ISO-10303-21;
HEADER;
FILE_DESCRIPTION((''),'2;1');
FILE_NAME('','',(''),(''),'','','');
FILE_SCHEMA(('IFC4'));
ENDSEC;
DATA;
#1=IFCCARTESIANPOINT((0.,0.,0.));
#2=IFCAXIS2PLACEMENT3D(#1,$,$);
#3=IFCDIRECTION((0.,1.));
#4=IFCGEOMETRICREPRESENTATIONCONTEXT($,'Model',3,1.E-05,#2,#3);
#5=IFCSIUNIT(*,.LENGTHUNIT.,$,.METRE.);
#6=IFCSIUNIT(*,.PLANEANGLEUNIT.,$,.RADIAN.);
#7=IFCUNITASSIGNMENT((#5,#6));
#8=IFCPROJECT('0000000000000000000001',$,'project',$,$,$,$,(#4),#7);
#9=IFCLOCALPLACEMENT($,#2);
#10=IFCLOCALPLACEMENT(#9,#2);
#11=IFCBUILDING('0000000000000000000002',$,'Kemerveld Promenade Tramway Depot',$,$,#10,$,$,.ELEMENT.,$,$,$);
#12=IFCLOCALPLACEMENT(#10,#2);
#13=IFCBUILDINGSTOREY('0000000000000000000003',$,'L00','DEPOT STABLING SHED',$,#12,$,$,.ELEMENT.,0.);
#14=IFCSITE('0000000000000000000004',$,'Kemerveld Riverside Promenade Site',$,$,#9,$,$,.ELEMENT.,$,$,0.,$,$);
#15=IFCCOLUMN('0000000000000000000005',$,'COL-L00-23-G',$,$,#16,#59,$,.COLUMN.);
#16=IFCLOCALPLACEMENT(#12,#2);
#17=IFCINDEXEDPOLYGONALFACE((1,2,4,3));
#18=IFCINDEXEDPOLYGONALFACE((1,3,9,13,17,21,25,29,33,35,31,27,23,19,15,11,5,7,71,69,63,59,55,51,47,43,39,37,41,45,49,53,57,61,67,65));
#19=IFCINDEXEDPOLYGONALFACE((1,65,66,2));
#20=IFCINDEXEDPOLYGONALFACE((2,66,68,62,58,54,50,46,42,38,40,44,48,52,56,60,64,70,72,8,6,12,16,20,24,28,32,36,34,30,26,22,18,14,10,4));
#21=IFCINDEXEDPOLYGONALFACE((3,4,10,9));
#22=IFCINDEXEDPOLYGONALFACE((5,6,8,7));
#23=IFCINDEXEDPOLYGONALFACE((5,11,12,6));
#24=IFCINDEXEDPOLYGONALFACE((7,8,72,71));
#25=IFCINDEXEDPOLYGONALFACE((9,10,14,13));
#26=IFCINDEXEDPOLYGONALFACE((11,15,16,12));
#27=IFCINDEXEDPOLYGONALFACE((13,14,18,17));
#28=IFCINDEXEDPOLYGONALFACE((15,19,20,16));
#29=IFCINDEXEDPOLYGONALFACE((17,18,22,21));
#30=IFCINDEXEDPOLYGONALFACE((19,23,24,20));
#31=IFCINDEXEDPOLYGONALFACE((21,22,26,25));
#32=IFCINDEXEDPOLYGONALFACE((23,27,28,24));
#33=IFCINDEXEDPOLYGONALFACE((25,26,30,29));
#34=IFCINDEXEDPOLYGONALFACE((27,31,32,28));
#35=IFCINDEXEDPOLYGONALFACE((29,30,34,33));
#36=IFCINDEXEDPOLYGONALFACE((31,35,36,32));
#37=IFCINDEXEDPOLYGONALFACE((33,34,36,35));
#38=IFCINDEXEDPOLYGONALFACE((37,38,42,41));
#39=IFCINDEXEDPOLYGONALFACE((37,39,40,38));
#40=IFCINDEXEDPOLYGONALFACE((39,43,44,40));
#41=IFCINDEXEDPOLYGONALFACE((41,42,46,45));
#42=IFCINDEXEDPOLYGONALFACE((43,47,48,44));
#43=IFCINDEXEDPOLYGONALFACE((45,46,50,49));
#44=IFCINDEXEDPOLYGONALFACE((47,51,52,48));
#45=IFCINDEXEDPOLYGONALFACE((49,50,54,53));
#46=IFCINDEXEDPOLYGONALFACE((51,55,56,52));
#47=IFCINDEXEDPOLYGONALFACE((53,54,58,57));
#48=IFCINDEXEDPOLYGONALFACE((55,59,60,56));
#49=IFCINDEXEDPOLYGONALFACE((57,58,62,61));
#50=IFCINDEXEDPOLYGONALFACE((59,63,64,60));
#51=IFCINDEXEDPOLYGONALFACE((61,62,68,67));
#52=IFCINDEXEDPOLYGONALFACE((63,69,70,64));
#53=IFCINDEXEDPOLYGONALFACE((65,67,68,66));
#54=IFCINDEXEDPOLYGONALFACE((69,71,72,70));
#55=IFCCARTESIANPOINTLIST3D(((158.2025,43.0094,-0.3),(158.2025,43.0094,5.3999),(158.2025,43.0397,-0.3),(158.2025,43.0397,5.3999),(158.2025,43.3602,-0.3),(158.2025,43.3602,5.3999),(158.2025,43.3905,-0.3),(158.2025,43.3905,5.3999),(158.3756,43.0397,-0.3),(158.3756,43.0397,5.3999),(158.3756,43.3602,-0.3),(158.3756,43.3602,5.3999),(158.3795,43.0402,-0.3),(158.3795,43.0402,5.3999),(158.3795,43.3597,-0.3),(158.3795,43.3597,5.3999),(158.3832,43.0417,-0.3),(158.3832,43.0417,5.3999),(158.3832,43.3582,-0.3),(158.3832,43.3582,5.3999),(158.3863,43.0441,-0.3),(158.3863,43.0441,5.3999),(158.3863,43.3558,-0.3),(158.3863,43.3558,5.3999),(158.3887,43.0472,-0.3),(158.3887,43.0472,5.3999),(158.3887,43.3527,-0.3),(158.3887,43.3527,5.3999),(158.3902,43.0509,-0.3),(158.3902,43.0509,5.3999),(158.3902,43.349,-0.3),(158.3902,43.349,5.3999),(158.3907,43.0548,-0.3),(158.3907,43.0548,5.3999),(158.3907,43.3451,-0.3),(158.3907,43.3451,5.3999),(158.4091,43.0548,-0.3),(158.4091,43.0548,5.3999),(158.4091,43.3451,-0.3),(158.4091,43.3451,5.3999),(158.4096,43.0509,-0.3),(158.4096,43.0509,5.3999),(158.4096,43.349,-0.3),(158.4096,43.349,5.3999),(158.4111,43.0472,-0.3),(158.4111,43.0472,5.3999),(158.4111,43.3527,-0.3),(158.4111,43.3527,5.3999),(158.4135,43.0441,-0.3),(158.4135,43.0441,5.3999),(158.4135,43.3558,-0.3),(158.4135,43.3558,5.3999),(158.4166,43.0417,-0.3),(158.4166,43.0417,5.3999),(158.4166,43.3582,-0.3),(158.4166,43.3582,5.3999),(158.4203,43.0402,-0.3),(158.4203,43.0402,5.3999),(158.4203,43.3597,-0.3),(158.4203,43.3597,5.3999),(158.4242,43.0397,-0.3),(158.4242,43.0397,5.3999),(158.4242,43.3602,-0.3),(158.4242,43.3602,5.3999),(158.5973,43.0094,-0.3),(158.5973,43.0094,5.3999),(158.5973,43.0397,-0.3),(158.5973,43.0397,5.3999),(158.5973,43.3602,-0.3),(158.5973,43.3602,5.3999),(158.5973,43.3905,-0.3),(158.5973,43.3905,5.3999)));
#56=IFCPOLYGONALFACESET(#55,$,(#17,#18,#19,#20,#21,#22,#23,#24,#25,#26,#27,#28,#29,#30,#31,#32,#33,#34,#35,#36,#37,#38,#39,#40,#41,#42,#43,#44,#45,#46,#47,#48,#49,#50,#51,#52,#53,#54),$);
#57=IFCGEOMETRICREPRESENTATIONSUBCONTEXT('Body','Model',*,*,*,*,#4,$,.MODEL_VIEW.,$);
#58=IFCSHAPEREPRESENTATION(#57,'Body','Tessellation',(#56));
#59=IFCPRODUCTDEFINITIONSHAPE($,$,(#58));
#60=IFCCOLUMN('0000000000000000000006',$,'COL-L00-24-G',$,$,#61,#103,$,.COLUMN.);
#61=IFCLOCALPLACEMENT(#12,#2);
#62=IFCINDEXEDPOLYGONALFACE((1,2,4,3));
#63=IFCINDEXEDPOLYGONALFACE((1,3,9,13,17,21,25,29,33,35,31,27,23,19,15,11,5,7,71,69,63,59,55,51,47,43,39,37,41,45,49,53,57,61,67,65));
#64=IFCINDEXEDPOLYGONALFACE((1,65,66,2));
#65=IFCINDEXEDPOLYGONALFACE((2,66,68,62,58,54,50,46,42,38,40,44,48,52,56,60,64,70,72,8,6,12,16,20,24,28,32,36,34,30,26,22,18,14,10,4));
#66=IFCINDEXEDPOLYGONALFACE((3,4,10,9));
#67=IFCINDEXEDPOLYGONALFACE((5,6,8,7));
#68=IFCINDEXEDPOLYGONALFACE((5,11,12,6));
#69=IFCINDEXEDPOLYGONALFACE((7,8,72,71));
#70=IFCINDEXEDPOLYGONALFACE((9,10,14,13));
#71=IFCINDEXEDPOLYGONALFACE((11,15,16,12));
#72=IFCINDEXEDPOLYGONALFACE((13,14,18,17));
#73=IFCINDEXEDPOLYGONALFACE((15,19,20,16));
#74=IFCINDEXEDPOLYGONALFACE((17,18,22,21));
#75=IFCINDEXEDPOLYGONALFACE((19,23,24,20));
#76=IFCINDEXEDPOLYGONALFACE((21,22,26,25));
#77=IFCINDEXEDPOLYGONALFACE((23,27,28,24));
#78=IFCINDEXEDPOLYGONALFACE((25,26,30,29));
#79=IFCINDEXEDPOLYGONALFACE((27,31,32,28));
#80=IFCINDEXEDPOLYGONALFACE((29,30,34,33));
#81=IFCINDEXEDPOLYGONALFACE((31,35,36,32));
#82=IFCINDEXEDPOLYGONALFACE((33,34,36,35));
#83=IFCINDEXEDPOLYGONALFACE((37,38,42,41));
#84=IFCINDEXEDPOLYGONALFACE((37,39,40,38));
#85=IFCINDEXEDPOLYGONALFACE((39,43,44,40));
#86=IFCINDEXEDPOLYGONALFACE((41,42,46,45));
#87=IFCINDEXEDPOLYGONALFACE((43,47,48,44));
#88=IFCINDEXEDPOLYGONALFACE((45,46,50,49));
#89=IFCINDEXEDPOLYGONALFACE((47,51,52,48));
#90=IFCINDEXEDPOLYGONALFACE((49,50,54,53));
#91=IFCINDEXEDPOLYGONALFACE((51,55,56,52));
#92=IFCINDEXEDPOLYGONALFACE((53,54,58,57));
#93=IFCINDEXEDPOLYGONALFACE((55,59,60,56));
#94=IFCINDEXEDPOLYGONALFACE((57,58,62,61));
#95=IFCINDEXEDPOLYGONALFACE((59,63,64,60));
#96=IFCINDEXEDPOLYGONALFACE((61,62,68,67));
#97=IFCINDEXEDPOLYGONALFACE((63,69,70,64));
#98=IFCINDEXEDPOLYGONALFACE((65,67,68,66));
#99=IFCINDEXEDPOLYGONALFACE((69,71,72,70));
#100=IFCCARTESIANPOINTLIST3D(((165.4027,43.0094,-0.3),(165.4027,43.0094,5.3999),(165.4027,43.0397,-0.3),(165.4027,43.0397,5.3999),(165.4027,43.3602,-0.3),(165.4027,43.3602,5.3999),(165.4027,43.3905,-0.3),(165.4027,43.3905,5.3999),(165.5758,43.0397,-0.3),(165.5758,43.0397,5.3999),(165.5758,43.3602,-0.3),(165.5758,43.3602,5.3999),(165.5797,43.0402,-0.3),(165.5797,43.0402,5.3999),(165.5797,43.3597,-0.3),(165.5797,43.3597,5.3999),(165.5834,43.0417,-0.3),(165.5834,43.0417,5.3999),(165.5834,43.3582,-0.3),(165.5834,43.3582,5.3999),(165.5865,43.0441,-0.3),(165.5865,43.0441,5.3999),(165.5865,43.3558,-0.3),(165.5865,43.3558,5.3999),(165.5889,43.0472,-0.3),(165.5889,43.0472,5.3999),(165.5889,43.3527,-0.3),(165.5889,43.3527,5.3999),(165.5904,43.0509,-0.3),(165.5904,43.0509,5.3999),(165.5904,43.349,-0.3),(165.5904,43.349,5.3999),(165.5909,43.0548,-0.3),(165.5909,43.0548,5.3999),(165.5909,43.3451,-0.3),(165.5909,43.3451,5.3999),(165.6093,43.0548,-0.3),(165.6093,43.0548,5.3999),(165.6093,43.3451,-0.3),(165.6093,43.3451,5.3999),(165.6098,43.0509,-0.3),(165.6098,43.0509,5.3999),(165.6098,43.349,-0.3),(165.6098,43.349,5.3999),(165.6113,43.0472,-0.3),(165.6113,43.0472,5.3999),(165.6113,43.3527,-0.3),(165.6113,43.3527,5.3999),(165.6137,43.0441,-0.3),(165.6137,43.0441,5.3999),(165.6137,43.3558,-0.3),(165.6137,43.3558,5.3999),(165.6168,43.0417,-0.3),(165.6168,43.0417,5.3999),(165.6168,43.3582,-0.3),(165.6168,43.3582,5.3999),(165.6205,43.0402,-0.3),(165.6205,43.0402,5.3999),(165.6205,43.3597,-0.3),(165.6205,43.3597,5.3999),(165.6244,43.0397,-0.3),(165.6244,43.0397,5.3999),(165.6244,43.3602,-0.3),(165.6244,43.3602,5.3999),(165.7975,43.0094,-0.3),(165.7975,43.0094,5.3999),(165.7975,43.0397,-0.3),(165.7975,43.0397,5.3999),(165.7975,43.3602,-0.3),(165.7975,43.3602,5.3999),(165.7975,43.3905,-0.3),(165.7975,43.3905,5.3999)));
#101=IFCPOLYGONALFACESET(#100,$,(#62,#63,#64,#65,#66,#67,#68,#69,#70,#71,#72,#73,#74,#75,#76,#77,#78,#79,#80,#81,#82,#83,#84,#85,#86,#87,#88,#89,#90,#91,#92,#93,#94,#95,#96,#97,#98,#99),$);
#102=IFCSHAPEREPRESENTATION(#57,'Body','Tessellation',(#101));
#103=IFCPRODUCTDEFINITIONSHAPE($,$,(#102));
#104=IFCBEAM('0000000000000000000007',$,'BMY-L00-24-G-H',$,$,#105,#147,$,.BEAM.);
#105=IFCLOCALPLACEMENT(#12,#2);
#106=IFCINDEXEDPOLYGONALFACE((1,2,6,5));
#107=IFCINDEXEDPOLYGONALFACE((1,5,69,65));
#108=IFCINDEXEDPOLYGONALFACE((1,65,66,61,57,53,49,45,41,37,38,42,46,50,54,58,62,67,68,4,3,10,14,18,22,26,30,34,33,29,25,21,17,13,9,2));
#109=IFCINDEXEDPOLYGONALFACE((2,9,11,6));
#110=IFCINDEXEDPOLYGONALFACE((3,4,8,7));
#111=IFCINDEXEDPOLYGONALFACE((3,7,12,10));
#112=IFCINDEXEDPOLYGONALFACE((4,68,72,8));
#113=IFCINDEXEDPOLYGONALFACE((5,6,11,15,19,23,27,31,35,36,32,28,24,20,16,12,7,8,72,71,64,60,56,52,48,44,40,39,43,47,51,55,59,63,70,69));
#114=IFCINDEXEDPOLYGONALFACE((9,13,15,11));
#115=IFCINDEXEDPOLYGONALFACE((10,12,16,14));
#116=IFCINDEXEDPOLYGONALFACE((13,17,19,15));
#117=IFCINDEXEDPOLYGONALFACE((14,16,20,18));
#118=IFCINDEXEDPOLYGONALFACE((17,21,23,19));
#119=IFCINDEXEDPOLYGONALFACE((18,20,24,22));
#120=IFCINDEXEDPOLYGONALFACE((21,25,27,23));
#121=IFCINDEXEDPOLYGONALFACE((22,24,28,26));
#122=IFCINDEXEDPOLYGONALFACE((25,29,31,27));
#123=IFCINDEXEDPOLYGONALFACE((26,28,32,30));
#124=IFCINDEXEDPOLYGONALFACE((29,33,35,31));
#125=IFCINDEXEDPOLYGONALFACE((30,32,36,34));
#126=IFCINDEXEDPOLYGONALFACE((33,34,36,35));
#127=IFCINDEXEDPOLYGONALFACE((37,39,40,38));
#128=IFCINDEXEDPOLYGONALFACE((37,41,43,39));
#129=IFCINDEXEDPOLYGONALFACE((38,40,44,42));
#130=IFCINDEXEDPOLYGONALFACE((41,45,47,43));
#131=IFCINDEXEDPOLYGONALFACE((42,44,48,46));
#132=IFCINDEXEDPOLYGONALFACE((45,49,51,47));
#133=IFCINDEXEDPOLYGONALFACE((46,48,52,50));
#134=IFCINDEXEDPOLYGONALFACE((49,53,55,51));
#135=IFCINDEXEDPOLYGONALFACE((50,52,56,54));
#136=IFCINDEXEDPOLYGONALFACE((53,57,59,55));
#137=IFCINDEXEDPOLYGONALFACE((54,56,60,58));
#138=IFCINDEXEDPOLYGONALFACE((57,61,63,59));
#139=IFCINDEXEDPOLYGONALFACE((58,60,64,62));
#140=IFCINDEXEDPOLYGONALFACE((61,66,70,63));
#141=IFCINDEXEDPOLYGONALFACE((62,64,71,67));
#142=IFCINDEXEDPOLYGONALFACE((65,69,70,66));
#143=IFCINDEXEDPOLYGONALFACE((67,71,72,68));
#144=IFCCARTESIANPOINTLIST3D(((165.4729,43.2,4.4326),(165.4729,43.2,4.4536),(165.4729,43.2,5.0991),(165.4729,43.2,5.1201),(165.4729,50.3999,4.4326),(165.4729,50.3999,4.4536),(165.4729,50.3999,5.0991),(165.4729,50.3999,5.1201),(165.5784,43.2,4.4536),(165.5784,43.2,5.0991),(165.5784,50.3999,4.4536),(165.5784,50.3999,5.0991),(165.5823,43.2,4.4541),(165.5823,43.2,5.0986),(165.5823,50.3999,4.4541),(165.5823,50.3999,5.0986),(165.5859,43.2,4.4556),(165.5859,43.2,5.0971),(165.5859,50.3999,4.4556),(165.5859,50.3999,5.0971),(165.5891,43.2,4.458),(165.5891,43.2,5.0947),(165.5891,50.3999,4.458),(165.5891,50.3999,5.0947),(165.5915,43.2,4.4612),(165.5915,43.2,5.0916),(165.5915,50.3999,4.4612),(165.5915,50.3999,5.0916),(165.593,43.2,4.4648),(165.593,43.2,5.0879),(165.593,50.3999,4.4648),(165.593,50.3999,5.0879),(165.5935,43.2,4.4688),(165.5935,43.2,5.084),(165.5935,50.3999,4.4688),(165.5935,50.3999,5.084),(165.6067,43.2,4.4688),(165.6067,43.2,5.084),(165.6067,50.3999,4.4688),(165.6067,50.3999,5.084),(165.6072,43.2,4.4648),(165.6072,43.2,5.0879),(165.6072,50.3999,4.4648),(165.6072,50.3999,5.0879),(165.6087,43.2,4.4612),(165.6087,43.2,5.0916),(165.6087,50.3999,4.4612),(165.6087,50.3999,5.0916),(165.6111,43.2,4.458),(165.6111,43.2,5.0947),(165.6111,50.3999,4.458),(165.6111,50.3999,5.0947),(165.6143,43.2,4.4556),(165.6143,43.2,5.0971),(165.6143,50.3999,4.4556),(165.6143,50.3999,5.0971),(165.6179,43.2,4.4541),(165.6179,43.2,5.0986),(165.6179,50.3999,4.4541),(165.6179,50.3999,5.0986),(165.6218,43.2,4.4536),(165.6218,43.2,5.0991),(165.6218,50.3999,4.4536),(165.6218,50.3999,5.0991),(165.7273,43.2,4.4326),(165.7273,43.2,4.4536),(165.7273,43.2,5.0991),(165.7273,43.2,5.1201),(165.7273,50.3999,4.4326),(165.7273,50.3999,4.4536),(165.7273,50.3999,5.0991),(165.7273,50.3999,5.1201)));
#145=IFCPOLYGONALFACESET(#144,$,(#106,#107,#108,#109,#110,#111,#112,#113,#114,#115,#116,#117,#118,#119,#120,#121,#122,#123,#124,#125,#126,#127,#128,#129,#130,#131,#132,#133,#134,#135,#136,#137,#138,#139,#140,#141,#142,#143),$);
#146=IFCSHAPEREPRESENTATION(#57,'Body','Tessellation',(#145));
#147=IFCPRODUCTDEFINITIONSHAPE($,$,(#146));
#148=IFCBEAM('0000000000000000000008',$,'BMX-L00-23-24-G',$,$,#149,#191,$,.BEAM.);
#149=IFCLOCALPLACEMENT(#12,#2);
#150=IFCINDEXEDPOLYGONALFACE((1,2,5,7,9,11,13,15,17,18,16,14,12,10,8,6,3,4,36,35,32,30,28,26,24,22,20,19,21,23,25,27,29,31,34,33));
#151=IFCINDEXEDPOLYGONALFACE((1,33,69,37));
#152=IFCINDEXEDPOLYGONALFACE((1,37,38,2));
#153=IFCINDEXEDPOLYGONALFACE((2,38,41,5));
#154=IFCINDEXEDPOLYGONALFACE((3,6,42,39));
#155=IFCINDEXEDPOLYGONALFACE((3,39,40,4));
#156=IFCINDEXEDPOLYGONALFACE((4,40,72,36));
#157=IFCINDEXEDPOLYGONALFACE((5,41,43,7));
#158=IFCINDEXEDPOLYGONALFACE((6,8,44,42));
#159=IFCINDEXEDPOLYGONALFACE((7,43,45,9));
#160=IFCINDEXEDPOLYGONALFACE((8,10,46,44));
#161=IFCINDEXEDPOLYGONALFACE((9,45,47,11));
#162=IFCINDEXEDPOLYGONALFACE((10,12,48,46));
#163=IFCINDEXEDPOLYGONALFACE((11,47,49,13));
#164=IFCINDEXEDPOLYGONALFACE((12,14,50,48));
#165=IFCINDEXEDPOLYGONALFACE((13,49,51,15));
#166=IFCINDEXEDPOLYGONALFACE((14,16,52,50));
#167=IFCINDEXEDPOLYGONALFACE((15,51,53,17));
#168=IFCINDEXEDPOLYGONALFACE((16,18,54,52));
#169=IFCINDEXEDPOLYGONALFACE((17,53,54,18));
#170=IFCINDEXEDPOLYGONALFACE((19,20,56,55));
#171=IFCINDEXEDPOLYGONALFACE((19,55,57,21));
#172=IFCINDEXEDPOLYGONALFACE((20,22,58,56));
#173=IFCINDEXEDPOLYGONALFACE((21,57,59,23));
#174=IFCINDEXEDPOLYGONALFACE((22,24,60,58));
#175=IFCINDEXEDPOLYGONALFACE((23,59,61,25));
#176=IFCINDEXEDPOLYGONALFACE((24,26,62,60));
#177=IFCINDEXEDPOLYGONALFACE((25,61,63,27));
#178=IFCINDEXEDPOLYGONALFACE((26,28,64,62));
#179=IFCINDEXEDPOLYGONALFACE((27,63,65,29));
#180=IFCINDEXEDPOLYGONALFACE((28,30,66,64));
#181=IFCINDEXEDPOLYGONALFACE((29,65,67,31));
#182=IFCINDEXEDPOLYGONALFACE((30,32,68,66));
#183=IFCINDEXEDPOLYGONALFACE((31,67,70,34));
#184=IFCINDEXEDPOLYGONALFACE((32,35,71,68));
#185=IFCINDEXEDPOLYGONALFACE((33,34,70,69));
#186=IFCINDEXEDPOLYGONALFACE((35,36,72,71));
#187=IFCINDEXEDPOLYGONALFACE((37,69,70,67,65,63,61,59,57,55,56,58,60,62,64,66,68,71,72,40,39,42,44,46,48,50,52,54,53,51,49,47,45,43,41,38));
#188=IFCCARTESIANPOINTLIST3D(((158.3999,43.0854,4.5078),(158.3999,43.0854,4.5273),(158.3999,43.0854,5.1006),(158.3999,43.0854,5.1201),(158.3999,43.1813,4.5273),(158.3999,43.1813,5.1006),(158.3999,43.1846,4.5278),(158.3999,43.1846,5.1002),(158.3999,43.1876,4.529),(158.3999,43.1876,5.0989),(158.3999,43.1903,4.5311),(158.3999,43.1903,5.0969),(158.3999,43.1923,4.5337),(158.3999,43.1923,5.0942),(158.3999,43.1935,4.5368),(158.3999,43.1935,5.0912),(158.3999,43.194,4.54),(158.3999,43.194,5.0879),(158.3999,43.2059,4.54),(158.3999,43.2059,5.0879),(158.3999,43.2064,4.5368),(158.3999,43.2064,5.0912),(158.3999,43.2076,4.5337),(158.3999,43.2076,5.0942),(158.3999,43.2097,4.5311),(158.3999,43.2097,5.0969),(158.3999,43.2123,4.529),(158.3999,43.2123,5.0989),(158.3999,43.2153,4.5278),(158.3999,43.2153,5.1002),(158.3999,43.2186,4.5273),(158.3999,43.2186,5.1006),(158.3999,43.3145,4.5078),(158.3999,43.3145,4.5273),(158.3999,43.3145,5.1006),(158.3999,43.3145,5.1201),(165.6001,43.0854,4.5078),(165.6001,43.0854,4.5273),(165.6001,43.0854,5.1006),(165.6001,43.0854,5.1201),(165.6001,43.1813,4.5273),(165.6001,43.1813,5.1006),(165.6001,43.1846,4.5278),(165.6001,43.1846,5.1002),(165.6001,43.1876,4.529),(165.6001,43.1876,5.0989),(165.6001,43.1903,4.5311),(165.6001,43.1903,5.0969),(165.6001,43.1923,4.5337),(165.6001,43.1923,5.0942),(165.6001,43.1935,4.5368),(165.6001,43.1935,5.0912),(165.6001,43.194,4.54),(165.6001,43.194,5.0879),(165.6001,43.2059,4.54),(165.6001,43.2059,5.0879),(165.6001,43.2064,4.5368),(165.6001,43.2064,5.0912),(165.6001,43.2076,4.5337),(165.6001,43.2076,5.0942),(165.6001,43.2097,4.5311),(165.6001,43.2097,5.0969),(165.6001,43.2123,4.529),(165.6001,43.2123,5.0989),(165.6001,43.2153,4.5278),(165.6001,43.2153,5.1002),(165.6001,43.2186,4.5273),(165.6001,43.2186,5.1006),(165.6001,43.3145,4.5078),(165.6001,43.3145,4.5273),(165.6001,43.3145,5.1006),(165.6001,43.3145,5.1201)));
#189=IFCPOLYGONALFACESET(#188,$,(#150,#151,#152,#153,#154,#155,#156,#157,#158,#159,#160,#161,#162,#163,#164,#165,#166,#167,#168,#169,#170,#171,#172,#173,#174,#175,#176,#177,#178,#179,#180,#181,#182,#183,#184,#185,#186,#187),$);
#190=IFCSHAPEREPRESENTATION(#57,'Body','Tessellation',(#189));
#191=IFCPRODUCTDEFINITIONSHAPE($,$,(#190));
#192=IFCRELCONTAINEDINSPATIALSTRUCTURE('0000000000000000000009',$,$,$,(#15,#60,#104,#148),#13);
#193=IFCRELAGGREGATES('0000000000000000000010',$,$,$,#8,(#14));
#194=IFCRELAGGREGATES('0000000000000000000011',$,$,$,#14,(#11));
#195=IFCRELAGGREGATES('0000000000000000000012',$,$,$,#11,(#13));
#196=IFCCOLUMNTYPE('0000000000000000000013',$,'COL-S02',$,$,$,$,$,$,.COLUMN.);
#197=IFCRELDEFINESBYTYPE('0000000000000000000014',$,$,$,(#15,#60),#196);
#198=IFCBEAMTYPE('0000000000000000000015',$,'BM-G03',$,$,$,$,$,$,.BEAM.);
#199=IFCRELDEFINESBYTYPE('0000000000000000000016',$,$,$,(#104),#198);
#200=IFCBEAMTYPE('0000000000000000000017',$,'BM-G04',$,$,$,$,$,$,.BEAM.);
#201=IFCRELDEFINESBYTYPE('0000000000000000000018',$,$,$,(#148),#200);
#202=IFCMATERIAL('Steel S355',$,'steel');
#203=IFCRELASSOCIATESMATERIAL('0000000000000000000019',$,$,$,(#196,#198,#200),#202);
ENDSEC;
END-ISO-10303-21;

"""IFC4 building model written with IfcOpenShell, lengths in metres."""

from ifc_helpers import new_model, si_unit, direction, frame, origin, origin_2d, place, context, subcontext, project, spatial, i_section, extrude, material, material_profile, profile_set, type_object, element, save


model = new_model("IFC4")

# Units and contexts
model_context = context("Model", 3, precision=1e-05, world=origin(), true_north=direction((0.0, 1.0)))
body_context = subcontext(model_context, "Body", "Model", "MODEL_VIEW")
ifc_project = project(units=[si_unit("LENGTHUNIT", "METRE"), si_unit("PLANEANGLEUNIT", "RADIAN")], contexts=[model_context])

# Site, building, storey
site_placement = place(None, origin())
site = spatial("IfcSite", under=ifc_project, at=site_placement, Name="Kemerveld Riverside Promenade Site", CompositionType="ELEMENT", RefElevation=0.0)
building_placement = place(site_placement, origin())
building = spatial("IfcBuilding", under=site, at=building_placement, Name="Kemerveld Promenade Tramway Depot", CompositionType="ELEMENT")
storey_placement = place(building_placement, origin())
storey = spatial("IfcBuildingStorey", under=building, at=storey_placement, Name="L00", Description="DEPOT STABLING SHED", CompositionType="ELEMENT", Elevation=0.0)

# Columns
ifc_material_1 = material(Name="Steel S355", Category="steel")
ifc_material_profile_1 = material_profile(ifc_material_1, i_section(OverallWidth=0.3948, OverallDepth=0.3811, WebThickness=0.0183, FlangeThickness=0.0303, FilletRadius=0.0151, at=origin_2d()), Name="356x406x235 UC")
ifc_profile_set_1 = profile_set([ifc_material_profile_1], Name="Steel S355")
column_type = type_object("IfcColumnType", Name="COL-S02", PredefinedType="COLUMN", material=ifc_profile_set_1)
for number, where, z_axis, x_axis, name in (
    (1, (158.3999, 43.2, -0.3), (0.0, 0.0, 1.0), (1.0, 0.0, 0.0), "COL-L00-23-G"),
    (2, (165.6001, 43.2, -0.3), (0.0, 0.0, 1.0), (1.0, 0.0, 0.0), "COL-L00-24-G"),
):
    element("IfcColumn", number, at=place(storey_placement, frame(where, z_axis=z_axis, x_axis=x_axis)), inside=storey, type_object=column_type, Name=name, PredefinedType="COLUMN", context=body_context, shape_type="SweptSolid", body=[
        extrude(i_section(OverallWidth=0.3948, OverallDepth=0.3811, WebThickness=0.0183, FlangeThickness=0.0303, FilletRadius=0.0151, at=origin_2d()), origin(), (0.0, 0.0, 1.0), 5.7),
    ])

# Beams
ifc_material_profile_2 = material_profile(ifc_material_1, i_section(OverallWidth=0.2544, OverallDepth=0.6875, WebThickness=0.0132, FlangeThickness=0.021, FilletRadius=0.0151, at=origin_2d()), Name="686x254x152 UB")
ifc_profile_set_2 = profile_set([ifc_material_profile_2], Name="Steel S355")
beam_type_1 = type_object("IfcBeamType", Name="BM-G03", PredefinedType="BEAM", material=ifc_profile_set_2)
beam_1_placement = place(storey_placement, frame((165.6001, 43.2, 4.7764), z_axis=(0.0, 1.0, 0.0), x_axis=(-1.0, 0.0, 0.0)))
element("IfcBeam", 3, at=beam_1_placement, inside=storey, type_object=beam_type_1, Name="BMY-L00-24-G-H", PredefinedType="BEAM", context=body_context, shape_type="SweptSolid", body=[
    extrude(i_section(OverallWidth=0.2544, OverallDepth=0.6875, WebThickness=0.0132, FlangeThickness=0.021, FilletRadius=0.0151, at=origin_2d()), origin(), (0.0, 0.0, 1.0), 7.2),
])
ifc_material_profile_3 = material_profile(ifc_material_1, i_section(OverallWidth=0.229, OverallDepth=0.6123, WebThickness=0.012, FlangeThickness=0.0195, FilletRadius=0.0127, at=origin_2d()), Name="610x229x125 UB")
ifc_profile_set_3 = profile_set([ifc_material_profile_3], Name="Steel S355")
beam_type_2 = type_object("IfcBeamType", Name="BM-G04", PredefinedType="BEAM", material=ifc_profile_set_3)
beam_2_placement = place(storey_placement, frame((158.3999, 43.2, 4.814), z_axis=(1.0, 0.0, 0.0), x_axis=(0.0, 1.0, 0.0)))
element("IfcBeam", 4, at=beam_2_placement, inside=storey, type_object=beam_type_2, Name="BMX-L00-23-24-G", PredefinedType="BEAM", context=body_context, shape_type="SweptSolid", body=[
    extrude(i_section(OverallWidth=0.229, OverallDepth=0.6123, WebThickness=0.012, FlangeThickness=0.0195, FilletRadius=0.0127, at=origin_2d()), origin(), (0.0, 0.0, 1.0), 7.2002),
])

save(model, "model.ifc")
